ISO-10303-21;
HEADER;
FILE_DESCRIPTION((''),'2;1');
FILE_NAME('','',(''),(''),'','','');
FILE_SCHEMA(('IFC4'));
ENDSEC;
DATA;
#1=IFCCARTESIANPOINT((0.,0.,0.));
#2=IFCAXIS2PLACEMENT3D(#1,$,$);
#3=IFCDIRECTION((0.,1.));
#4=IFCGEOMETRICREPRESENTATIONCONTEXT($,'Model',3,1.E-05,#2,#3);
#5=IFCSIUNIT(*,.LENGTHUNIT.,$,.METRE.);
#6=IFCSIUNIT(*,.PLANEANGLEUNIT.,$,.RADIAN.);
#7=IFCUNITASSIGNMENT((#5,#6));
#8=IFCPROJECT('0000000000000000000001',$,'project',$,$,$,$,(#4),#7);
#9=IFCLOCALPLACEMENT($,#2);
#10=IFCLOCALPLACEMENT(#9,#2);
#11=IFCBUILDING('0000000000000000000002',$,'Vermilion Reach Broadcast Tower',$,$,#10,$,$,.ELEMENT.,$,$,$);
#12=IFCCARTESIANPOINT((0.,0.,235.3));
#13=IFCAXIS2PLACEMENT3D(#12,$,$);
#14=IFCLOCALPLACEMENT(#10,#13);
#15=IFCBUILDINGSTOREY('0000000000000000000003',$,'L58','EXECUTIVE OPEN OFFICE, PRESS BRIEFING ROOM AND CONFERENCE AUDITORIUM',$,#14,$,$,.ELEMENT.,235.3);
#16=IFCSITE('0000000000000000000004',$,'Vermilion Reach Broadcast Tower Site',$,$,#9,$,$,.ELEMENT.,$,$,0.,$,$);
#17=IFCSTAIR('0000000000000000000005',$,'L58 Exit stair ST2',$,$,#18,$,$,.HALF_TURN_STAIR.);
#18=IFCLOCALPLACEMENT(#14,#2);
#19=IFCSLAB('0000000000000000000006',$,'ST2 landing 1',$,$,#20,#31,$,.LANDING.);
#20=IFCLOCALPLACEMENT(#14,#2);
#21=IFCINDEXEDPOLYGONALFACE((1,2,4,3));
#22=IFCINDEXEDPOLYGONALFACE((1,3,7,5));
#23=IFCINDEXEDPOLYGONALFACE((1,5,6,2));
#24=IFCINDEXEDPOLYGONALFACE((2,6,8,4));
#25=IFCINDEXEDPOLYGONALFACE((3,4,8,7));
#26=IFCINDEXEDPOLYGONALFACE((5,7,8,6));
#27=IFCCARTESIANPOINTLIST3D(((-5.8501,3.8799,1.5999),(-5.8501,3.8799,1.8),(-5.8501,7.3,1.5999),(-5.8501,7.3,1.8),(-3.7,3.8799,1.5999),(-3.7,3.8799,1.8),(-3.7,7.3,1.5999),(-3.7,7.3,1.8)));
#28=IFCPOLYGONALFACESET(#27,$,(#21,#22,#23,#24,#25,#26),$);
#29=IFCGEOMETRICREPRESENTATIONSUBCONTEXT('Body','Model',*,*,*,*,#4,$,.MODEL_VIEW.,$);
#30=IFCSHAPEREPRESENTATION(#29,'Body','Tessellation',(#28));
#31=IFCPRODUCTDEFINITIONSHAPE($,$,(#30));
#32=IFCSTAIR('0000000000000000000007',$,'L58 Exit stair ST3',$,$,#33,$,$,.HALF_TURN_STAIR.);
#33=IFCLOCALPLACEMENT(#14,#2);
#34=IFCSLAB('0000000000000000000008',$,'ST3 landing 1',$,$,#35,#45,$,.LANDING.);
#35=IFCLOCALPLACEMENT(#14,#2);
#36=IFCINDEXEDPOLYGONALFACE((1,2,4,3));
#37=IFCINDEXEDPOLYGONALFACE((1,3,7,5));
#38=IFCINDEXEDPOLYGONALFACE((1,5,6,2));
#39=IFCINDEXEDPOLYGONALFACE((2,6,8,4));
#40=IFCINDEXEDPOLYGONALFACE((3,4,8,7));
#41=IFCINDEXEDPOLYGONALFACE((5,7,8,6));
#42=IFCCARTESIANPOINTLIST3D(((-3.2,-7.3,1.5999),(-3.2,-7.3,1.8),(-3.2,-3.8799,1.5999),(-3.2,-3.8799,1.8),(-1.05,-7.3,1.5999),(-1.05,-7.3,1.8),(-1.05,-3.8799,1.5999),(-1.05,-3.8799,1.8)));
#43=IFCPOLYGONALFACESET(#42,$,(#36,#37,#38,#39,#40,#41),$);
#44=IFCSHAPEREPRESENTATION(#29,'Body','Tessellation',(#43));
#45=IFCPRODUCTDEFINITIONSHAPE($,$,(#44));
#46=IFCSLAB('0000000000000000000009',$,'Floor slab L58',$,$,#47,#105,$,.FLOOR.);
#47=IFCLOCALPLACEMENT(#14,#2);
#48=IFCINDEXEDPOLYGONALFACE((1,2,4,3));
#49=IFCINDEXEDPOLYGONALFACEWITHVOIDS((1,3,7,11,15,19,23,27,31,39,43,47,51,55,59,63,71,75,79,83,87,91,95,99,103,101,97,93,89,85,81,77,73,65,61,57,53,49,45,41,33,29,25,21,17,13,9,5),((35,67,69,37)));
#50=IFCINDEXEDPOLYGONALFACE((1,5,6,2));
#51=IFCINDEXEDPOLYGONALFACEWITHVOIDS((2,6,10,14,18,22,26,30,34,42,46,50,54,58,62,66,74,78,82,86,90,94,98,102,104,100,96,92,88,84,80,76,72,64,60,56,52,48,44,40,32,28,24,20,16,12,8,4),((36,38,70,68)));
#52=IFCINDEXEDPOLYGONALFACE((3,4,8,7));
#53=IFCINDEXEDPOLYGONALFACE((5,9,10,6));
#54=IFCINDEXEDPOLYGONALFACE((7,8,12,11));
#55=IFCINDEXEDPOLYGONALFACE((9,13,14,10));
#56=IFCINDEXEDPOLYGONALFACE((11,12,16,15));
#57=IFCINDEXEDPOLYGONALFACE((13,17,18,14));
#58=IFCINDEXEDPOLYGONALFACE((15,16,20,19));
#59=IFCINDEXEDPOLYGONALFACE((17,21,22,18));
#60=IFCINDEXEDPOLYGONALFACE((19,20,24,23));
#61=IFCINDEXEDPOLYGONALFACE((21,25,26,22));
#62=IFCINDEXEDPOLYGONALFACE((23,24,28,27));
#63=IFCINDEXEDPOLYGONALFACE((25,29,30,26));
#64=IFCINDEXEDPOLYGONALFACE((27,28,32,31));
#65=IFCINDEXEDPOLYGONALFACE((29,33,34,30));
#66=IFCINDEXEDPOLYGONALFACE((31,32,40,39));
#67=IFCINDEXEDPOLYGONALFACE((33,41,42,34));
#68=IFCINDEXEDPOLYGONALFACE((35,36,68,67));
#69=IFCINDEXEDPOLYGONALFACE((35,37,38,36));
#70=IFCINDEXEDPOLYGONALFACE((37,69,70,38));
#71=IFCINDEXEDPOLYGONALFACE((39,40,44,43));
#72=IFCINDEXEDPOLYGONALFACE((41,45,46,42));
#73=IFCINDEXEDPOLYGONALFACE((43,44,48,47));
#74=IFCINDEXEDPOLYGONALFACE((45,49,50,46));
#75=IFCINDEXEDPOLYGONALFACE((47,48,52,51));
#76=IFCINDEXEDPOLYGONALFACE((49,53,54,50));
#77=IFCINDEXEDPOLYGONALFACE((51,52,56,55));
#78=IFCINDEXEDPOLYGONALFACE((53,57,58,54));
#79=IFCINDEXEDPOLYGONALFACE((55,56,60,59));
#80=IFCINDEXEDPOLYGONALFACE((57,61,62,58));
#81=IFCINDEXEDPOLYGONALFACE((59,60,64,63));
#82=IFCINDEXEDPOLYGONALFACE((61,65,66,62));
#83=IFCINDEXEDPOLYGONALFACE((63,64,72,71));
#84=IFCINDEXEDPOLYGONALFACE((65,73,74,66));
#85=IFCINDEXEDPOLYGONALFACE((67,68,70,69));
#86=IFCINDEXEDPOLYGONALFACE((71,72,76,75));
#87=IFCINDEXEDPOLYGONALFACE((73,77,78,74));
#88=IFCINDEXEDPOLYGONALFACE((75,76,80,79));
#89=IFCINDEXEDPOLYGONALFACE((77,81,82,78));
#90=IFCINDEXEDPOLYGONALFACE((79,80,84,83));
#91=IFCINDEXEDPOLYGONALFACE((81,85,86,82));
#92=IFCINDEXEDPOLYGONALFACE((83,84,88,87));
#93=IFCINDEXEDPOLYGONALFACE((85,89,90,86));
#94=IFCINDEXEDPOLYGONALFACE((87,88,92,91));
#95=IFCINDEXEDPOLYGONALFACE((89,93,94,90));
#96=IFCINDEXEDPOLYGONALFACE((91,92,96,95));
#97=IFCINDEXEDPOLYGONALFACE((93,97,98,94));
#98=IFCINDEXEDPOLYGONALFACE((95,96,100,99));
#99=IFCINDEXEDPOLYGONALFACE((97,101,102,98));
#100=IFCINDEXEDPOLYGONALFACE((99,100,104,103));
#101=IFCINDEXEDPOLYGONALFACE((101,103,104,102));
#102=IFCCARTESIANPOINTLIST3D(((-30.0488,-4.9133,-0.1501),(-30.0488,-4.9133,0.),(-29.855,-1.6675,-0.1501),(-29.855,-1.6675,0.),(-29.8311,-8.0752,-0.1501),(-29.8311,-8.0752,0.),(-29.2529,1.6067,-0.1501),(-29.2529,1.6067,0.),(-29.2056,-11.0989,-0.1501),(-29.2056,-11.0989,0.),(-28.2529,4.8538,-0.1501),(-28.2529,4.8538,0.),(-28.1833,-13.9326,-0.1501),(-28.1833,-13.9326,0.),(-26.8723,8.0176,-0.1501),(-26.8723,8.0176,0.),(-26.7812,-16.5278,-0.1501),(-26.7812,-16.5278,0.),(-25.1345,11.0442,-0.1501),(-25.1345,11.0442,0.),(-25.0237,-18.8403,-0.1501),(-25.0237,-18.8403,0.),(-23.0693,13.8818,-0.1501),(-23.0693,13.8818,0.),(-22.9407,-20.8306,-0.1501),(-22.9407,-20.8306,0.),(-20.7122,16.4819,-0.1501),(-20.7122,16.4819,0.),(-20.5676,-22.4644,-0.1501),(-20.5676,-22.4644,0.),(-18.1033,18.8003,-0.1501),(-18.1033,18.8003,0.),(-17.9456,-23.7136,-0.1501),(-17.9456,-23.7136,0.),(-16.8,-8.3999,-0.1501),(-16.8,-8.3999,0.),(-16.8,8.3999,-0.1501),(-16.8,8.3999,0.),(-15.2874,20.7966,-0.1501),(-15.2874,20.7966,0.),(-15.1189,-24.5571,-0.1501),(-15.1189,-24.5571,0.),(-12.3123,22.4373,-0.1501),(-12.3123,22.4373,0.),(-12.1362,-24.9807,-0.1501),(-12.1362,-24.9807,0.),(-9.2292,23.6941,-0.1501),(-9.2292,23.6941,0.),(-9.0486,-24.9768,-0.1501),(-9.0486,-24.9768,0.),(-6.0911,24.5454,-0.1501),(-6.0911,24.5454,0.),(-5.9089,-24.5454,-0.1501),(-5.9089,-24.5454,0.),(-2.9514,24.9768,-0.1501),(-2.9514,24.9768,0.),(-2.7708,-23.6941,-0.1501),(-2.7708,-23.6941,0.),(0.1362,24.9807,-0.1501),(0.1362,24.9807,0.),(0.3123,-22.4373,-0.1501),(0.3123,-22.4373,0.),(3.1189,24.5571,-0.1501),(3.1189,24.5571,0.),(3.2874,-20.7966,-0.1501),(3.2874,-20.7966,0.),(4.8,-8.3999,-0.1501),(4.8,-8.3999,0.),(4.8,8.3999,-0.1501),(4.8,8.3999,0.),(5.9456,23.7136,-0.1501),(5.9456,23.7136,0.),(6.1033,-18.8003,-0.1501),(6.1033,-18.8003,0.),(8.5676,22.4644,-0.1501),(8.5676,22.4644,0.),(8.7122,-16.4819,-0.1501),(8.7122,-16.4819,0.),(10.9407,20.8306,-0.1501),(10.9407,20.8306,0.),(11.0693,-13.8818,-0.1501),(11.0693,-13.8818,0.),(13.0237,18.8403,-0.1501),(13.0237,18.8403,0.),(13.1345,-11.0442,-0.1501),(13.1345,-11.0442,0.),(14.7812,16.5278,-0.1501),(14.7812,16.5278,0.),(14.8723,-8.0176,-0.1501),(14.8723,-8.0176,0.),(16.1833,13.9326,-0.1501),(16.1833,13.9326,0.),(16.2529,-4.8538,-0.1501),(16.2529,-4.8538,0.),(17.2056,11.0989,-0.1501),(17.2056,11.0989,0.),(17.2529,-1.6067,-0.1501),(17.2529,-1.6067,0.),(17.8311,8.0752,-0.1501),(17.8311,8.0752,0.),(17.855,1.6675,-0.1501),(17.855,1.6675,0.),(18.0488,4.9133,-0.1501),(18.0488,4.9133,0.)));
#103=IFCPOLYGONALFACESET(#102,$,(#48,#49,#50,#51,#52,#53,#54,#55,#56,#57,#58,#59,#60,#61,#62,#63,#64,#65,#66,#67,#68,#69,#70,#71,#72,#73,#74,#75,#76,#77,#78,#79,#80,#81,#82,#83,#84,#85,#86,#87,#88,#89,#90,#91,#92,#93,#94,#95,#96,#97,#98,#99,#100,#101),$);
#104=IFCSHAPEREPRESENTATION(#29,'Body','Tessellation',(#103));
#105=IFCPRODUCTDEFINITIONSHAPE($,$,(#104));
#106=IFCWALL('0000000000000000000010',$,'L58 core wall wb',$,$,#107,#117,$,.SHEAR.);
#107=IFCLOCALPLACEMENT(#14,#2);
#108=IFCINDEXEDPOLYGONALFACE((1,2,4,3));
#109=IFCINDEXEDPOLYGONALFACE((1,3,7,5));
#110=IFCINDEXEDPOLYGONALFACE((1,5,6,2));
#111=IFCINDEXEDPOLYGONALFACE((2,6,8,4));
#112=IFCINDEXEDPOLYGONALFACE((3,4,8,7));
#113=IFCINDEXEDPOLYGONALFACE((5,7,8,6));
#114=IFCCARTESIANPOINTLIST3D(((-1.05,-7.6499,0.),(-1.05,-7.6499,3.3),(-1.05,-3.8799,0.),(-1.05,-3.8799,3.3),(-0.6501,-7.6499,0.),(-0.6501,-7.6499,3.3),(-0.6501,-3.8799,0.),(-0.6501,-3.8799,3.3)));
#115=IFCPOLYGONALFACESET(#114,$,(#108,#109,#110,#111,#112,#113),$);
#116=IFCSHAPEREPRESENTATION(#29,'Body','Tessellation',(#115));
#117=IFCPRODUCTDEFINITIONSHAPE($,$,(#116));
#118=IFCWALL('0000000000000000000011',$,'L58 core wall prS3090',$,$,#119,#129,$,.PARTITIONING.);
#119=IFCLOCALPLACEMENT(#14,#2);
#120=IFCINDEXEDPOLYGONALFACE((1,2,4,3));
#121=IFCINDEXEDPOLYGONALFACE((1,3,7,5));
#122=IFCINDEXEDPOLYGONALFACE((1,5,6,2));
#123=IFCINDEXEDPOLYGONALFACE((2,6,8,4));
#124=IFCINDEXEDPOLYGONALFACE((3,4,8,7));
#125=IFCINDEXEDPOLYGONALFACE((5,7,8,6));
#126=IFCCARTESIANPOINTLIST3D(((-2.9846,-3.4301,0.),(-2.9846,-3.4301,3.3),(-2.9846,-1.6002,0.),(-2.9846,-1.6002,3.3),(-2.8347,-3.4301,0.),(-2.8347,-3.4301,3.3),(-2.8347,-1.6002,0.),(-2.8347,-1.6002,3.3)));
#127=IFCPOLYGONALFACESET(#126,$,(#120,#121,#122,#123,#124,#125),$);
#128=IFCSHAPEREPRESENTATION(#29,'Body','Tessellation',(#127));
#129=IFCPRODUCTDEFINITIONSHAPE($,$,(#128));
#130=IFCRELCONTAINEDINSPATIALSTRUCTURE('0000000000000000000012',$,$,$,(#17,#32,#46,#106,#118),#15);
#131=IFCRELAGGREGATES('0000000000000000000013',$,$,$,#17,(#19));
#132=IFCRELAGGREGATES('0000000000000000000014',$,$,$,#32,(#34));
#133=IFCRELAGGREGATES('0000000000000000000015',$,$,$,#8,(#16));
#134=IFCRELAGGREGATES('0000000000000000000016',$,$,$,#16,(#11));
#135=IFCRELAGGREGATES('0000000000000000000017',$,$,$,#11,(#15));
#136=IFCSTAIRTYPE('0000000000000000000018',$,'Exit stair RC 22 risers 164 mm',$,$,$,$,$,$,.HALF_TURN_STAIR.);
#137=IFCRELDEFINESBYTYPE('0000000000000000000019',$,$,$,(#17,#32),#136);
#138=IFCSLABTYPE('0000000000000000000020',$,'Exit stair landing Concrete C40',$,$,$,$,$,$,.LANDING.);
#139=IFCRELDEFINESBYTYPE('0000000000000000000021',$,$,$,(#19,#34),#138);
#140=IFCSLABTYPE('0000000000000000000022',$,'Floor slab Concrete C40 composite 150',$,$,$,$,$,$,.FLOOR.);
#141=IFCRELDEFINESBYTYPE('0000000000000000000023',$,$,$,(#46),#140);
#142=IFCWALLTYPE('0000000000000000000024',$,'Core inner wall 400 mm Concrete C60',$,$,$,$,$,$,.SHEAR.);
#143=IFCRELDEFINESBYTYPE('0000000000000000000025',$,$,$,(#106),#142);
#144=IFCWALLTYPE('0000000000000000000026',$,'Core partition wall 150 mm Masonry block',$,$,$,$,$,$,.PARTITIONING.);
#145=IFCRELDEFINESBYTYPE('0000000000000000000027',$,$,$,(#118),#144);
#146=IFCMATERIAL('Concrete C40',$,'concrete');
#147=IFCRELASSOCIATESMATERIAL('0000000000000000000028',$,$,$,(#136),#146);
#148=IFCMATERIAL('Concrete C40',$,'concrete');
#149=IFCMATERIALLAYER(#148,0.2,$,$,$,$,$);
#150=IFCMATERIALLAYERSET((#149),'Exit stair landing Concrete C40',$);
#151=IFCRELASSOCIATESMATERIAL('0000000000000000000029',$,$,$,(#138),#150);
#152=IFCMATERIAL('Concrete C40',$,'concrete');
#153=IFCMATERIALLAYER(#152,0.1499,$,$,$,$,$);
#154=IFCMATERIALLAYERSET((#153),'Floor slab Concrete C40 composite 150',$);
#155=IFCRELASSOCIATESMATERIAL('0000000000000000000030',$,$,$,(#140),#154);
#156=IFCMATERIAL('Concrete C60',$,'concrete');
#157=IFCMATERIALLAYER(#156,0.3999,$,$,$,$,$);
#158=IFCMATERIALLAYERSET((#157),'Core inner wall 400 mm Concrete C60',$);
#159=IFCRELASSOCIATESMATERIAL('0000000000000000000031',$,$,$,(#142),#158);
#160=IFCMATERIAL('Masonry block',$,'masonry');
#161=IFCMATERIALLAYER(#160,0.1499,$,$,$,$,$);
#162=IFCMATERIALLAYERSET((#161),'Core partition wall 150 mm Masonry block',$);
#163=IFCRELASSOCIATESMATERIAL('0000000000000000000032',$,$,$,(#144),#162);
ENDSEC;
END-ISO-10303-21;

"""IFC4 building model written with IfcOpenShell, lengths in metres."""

from ifc_helpers import new_model, si_unit, direction, frame, frame_2d, origin, place, context, subcontext, project, spatial, polyline, rectangle, outline, extrude, material, layer, layer_set, type_object, element, aggregate, save


model = new_model("IFC4")

# Units and contexts
model_context = context("Model", 3, precision=1e-05, world=origin(), true_north=direction((0.0, 1.0)))
body_context = subcontext(model_context, "Body", "Model", "MODEL_VIEW")
ifc_project = project(units=[si_unit("LENGTHUNIT", "METRE"), si_unit("PLANEANGLEUNIT", "RADIAN")], contexts=[model_context])

# Site, building, storey
site_placement = place(None, origin())
site = spatial("IfcSite", under=ifc_project, at=site_placement, Name="Vermilion Reach Broadcast Tower Site", CompositionType="ELEMENT", RefElevation=0.0)
building_placement = place(site_placement, origin())
building = spatial("IfcBuilding", under=site, at=building_placement, Name="Vermilion Reach Broadcast Tower", CompositionType="ELEMENT")
storey_placement = place(building_placement, frame((0.0, 0.0, 235.3)))
storey = spatial("IfcBuildingStorey", under=building, at=storey_placement, Name="L58", Description="EXECUTIVE OPEN OFFICE, PRESS BRIEFING ROOM AND CONFERENCE AUDITORIUM", CompositionType="ELEMENT", Elevation=235.3)

# Stairs, slabs
ifc_material_1 = material(Name="Concrete C40", Category="concrete")
stair_type = type_object("IfcStairType", Name="Exit stair RC 22 risers 164 mm", PredefinedType="HALF_TURN_STAIR", material=ifc_material_1)
placement_1 = place(storey_placement, origin())
ifc_material_2 = material(Name="Concrete C40", Category="concrete")
ifc_layer_1 = layer(ifc_material_2, 0.2)
ifc_layer_set_1 = layer_set([ifc_layer_1], Name="Exit stair landing Concrete C40")
slab_type_1 = type_object("IfcSlabType", Name="Exit stair landing Concrete C40", PredefinedType="LANDING", material=ifc_layer_set_1)
placement_2 = place(storey_placement, frame((0.0, 0.0, 1.5999)))
stair_1 = element("IfcStair", 1, at=placement_1, inside=storey, type_object=stair_type, Name="L58 Exit stair ST2", PredefinedType="HALF_TURN_STAIR")
slab_1 = element("IfcSlab", 2, at=placement_2, type_object=slab_type_1, Name="ST2 landing 1", PredefinedType="LANDING", context=body_context, shape_type="SweptSolid", body=[
    extrude(outline(polyline([(-3.7, 7.3), (-5.8501, 7.3), (-5.8501, 3.8799), (-3.7, 3.8799), (-3.7, 7.3)])), origin(), (0.0, 0.0, 1.0), 0.2002),
])
aggregate(stair_1, [slab_1])
stair_2 = element("IfcStair", 3, at=placement_1, inside=storey, type_object=stair_type, Name="L58 Exit stair ST3", PredefinedType="HALF_TURN_STAIR")
slab_2 = element("IfcSlab", 4, at=placement_2, type_object=slab_type_1, Name="ST3 landing 1", PredefinedType="LANDING", context=body_context, shape_type="SweptSolid", body=[
    extrude(outline(polyline([(-3.2, -7.3), (-1.05, -7.3), (-1.05, -3.8799), (-3.2, -3.8799), (-3.2, -7.3)])), origin(), (0.0, 0.0, 1.0), 0.2002),
])

# Slab
ifc_material_3 = material(Name="Concrete C40", Category="concrete")
ifc_layer_2 = layer(ifc_material_3, 0.1499)
ifc_layer_set_2 = layer_set([ifc_layer_2], Name="Floor slab Concrete C40 composite 150")
slab_type_2 = type_object("IfcSlabType", Name="Floor slab Concrete C40 composite 150", PredefinedType="FLOOR", material=ifc_layer_set_2)
slab_3_placement = place(storey_placement, frame((0.0, 0.0, -0.1501)))
element("IfcSlab", 5, at=slab_3_placement, inside=storey, type_object=slab_type_2, Name="Floor slab L58", PredefinedType="FLOOR", context=body_context, shape_type="SweptSolid", body=[
    extrude(outline(polyline([(10.9407, 20.8306), (8.5676, 22.4644), (5.9456, 23.7136), (3.1189, 24.5571), (0.1362, 24.9807), (-2.9514, 24.9768), (-6.0911, 24.5454), (-9.2292, 23.6941), (-12.3123, 22.4373), (-15.2874, 20.7966), (-18.1033, 18.8003), (-20.7122, 16.4819), (-23.0693, 13.8818), (-25.1345, 11.0442), (-26.8723, 8.0176), (-28.2529, 4.8538), (-29.2529, 1.6067), (-29.855, -1.6675), (-30.0488, -4.9133), (-29.8311, -8.0752), (-29.2056, -11.0989), (-28.1833, -13.9326), (-26.7812, -16.5278), (-25.0237, -18.8403), (-22.9407, -20.8306), (-20.5676, -22.4644), (-17.9456, -23.7136), (-15.1189, -24.5571), (-12.1362, -24.9807), (-9.0486, -24.9768), (-5.9089, -24.5454), (-2.7708, -23.6941), (0.3123, -22.4373), (3.2874, -20.7966), (6.1033, -18.8003), (8.7122, -16.4819), (11.0693, -13.8818), (13.1345, -11.0442), (14.8723, -8.0176), (16.2529, -4.8538), (17.2529, -1.6067), (17.855, 1.6675), (18.0488, 4.9133), (17.8311, 8.0752), (17.2056, 11.0989), (16.1833, 13.9326), (14.7812, 16.5278), (13.0237, 18.8403), (10.9407, 20.8306)]), holes=[polyline([(-16.8, -8.3999), (4.8, -8.3999), (4.8, 8.3999), (-16.8, 8.3999), (-16.8, -8.3999)])]), origin(), (0.0, 0.0, 1.0), 0.1501),
])

# Walls
ifc_material_4 = material(Name="Concrete C60", Category="concrete")
ifc_layer_3 = layer(ifc_material_4, 0.3999)
ifc_layer_set_3 = layer_set([ifc_layer_3], Name="Core inner wall 400 mm Concrete C60")
wall_type_1 = type_object("IfcWallType", Name="Core inner wall 400 mm Concrete C60", PredefinedType="SHEAR", material=ifc_layer_set_3)
wall_1_placement = place(storey_placement, frame((-0.8501, -3.8799, 0.0), z_axis=(0.0, 0.0, 1.0), x_axis=(0.0, -1.0, 0.0)))
element("IfcWall", 6, at=wall_1_placement, inside=storey, type_object=wall_type_1, Name="L58 core wall wb", PredefinedType="SHEAR", context=body_context, shape_type="SweptSolid", body=[
    extrude(rectangle(XDim=3.77, YDim=0.3999, at=frame_2d((1.885, 0.0))), origin(), (0.0, 0.0, 1.0), 3.3),
])
ifc_material_5 = material(Name="Masonry block", Category="masonry")
ifc_layer_4 = layer(ifc_material_5, 0.1499)
ifc_layer_set_4 = layer_set([ifc_layer_4], Name="Core partition wall 150 mm Masonry block")
wall_type_2 = type_object("IfcWallType", Name="Core partition wall 150 mm Masonry block", PredefinedType="PARTITIONING", material=ifc_layer_set_4)
wall_2_placement = place(storey_placement, frame((-2.9097, -1.6001, 0.0), z_axis=(0.0, 0.0, 1.0), x_axis=(0.0, -1.0, 0.0)))
element("IfcWall", 7, at=wall_2_placement, inside=storey, type_object=wall_type_2, Name="L58 core wall prS3090", PredefinedType="PARTITIONING", context=body_context, shape_type="SweptSolid", body=[
    extrude(rectangle(XDim=1.8298, YDim=0.1499, at=frame_2d((0.915, 0.0))), origin(), (0.0, 0.0, 1.0), 3.3),
])

aggregate(stair_2, [slab_2])

save(model, "model.ifc")
